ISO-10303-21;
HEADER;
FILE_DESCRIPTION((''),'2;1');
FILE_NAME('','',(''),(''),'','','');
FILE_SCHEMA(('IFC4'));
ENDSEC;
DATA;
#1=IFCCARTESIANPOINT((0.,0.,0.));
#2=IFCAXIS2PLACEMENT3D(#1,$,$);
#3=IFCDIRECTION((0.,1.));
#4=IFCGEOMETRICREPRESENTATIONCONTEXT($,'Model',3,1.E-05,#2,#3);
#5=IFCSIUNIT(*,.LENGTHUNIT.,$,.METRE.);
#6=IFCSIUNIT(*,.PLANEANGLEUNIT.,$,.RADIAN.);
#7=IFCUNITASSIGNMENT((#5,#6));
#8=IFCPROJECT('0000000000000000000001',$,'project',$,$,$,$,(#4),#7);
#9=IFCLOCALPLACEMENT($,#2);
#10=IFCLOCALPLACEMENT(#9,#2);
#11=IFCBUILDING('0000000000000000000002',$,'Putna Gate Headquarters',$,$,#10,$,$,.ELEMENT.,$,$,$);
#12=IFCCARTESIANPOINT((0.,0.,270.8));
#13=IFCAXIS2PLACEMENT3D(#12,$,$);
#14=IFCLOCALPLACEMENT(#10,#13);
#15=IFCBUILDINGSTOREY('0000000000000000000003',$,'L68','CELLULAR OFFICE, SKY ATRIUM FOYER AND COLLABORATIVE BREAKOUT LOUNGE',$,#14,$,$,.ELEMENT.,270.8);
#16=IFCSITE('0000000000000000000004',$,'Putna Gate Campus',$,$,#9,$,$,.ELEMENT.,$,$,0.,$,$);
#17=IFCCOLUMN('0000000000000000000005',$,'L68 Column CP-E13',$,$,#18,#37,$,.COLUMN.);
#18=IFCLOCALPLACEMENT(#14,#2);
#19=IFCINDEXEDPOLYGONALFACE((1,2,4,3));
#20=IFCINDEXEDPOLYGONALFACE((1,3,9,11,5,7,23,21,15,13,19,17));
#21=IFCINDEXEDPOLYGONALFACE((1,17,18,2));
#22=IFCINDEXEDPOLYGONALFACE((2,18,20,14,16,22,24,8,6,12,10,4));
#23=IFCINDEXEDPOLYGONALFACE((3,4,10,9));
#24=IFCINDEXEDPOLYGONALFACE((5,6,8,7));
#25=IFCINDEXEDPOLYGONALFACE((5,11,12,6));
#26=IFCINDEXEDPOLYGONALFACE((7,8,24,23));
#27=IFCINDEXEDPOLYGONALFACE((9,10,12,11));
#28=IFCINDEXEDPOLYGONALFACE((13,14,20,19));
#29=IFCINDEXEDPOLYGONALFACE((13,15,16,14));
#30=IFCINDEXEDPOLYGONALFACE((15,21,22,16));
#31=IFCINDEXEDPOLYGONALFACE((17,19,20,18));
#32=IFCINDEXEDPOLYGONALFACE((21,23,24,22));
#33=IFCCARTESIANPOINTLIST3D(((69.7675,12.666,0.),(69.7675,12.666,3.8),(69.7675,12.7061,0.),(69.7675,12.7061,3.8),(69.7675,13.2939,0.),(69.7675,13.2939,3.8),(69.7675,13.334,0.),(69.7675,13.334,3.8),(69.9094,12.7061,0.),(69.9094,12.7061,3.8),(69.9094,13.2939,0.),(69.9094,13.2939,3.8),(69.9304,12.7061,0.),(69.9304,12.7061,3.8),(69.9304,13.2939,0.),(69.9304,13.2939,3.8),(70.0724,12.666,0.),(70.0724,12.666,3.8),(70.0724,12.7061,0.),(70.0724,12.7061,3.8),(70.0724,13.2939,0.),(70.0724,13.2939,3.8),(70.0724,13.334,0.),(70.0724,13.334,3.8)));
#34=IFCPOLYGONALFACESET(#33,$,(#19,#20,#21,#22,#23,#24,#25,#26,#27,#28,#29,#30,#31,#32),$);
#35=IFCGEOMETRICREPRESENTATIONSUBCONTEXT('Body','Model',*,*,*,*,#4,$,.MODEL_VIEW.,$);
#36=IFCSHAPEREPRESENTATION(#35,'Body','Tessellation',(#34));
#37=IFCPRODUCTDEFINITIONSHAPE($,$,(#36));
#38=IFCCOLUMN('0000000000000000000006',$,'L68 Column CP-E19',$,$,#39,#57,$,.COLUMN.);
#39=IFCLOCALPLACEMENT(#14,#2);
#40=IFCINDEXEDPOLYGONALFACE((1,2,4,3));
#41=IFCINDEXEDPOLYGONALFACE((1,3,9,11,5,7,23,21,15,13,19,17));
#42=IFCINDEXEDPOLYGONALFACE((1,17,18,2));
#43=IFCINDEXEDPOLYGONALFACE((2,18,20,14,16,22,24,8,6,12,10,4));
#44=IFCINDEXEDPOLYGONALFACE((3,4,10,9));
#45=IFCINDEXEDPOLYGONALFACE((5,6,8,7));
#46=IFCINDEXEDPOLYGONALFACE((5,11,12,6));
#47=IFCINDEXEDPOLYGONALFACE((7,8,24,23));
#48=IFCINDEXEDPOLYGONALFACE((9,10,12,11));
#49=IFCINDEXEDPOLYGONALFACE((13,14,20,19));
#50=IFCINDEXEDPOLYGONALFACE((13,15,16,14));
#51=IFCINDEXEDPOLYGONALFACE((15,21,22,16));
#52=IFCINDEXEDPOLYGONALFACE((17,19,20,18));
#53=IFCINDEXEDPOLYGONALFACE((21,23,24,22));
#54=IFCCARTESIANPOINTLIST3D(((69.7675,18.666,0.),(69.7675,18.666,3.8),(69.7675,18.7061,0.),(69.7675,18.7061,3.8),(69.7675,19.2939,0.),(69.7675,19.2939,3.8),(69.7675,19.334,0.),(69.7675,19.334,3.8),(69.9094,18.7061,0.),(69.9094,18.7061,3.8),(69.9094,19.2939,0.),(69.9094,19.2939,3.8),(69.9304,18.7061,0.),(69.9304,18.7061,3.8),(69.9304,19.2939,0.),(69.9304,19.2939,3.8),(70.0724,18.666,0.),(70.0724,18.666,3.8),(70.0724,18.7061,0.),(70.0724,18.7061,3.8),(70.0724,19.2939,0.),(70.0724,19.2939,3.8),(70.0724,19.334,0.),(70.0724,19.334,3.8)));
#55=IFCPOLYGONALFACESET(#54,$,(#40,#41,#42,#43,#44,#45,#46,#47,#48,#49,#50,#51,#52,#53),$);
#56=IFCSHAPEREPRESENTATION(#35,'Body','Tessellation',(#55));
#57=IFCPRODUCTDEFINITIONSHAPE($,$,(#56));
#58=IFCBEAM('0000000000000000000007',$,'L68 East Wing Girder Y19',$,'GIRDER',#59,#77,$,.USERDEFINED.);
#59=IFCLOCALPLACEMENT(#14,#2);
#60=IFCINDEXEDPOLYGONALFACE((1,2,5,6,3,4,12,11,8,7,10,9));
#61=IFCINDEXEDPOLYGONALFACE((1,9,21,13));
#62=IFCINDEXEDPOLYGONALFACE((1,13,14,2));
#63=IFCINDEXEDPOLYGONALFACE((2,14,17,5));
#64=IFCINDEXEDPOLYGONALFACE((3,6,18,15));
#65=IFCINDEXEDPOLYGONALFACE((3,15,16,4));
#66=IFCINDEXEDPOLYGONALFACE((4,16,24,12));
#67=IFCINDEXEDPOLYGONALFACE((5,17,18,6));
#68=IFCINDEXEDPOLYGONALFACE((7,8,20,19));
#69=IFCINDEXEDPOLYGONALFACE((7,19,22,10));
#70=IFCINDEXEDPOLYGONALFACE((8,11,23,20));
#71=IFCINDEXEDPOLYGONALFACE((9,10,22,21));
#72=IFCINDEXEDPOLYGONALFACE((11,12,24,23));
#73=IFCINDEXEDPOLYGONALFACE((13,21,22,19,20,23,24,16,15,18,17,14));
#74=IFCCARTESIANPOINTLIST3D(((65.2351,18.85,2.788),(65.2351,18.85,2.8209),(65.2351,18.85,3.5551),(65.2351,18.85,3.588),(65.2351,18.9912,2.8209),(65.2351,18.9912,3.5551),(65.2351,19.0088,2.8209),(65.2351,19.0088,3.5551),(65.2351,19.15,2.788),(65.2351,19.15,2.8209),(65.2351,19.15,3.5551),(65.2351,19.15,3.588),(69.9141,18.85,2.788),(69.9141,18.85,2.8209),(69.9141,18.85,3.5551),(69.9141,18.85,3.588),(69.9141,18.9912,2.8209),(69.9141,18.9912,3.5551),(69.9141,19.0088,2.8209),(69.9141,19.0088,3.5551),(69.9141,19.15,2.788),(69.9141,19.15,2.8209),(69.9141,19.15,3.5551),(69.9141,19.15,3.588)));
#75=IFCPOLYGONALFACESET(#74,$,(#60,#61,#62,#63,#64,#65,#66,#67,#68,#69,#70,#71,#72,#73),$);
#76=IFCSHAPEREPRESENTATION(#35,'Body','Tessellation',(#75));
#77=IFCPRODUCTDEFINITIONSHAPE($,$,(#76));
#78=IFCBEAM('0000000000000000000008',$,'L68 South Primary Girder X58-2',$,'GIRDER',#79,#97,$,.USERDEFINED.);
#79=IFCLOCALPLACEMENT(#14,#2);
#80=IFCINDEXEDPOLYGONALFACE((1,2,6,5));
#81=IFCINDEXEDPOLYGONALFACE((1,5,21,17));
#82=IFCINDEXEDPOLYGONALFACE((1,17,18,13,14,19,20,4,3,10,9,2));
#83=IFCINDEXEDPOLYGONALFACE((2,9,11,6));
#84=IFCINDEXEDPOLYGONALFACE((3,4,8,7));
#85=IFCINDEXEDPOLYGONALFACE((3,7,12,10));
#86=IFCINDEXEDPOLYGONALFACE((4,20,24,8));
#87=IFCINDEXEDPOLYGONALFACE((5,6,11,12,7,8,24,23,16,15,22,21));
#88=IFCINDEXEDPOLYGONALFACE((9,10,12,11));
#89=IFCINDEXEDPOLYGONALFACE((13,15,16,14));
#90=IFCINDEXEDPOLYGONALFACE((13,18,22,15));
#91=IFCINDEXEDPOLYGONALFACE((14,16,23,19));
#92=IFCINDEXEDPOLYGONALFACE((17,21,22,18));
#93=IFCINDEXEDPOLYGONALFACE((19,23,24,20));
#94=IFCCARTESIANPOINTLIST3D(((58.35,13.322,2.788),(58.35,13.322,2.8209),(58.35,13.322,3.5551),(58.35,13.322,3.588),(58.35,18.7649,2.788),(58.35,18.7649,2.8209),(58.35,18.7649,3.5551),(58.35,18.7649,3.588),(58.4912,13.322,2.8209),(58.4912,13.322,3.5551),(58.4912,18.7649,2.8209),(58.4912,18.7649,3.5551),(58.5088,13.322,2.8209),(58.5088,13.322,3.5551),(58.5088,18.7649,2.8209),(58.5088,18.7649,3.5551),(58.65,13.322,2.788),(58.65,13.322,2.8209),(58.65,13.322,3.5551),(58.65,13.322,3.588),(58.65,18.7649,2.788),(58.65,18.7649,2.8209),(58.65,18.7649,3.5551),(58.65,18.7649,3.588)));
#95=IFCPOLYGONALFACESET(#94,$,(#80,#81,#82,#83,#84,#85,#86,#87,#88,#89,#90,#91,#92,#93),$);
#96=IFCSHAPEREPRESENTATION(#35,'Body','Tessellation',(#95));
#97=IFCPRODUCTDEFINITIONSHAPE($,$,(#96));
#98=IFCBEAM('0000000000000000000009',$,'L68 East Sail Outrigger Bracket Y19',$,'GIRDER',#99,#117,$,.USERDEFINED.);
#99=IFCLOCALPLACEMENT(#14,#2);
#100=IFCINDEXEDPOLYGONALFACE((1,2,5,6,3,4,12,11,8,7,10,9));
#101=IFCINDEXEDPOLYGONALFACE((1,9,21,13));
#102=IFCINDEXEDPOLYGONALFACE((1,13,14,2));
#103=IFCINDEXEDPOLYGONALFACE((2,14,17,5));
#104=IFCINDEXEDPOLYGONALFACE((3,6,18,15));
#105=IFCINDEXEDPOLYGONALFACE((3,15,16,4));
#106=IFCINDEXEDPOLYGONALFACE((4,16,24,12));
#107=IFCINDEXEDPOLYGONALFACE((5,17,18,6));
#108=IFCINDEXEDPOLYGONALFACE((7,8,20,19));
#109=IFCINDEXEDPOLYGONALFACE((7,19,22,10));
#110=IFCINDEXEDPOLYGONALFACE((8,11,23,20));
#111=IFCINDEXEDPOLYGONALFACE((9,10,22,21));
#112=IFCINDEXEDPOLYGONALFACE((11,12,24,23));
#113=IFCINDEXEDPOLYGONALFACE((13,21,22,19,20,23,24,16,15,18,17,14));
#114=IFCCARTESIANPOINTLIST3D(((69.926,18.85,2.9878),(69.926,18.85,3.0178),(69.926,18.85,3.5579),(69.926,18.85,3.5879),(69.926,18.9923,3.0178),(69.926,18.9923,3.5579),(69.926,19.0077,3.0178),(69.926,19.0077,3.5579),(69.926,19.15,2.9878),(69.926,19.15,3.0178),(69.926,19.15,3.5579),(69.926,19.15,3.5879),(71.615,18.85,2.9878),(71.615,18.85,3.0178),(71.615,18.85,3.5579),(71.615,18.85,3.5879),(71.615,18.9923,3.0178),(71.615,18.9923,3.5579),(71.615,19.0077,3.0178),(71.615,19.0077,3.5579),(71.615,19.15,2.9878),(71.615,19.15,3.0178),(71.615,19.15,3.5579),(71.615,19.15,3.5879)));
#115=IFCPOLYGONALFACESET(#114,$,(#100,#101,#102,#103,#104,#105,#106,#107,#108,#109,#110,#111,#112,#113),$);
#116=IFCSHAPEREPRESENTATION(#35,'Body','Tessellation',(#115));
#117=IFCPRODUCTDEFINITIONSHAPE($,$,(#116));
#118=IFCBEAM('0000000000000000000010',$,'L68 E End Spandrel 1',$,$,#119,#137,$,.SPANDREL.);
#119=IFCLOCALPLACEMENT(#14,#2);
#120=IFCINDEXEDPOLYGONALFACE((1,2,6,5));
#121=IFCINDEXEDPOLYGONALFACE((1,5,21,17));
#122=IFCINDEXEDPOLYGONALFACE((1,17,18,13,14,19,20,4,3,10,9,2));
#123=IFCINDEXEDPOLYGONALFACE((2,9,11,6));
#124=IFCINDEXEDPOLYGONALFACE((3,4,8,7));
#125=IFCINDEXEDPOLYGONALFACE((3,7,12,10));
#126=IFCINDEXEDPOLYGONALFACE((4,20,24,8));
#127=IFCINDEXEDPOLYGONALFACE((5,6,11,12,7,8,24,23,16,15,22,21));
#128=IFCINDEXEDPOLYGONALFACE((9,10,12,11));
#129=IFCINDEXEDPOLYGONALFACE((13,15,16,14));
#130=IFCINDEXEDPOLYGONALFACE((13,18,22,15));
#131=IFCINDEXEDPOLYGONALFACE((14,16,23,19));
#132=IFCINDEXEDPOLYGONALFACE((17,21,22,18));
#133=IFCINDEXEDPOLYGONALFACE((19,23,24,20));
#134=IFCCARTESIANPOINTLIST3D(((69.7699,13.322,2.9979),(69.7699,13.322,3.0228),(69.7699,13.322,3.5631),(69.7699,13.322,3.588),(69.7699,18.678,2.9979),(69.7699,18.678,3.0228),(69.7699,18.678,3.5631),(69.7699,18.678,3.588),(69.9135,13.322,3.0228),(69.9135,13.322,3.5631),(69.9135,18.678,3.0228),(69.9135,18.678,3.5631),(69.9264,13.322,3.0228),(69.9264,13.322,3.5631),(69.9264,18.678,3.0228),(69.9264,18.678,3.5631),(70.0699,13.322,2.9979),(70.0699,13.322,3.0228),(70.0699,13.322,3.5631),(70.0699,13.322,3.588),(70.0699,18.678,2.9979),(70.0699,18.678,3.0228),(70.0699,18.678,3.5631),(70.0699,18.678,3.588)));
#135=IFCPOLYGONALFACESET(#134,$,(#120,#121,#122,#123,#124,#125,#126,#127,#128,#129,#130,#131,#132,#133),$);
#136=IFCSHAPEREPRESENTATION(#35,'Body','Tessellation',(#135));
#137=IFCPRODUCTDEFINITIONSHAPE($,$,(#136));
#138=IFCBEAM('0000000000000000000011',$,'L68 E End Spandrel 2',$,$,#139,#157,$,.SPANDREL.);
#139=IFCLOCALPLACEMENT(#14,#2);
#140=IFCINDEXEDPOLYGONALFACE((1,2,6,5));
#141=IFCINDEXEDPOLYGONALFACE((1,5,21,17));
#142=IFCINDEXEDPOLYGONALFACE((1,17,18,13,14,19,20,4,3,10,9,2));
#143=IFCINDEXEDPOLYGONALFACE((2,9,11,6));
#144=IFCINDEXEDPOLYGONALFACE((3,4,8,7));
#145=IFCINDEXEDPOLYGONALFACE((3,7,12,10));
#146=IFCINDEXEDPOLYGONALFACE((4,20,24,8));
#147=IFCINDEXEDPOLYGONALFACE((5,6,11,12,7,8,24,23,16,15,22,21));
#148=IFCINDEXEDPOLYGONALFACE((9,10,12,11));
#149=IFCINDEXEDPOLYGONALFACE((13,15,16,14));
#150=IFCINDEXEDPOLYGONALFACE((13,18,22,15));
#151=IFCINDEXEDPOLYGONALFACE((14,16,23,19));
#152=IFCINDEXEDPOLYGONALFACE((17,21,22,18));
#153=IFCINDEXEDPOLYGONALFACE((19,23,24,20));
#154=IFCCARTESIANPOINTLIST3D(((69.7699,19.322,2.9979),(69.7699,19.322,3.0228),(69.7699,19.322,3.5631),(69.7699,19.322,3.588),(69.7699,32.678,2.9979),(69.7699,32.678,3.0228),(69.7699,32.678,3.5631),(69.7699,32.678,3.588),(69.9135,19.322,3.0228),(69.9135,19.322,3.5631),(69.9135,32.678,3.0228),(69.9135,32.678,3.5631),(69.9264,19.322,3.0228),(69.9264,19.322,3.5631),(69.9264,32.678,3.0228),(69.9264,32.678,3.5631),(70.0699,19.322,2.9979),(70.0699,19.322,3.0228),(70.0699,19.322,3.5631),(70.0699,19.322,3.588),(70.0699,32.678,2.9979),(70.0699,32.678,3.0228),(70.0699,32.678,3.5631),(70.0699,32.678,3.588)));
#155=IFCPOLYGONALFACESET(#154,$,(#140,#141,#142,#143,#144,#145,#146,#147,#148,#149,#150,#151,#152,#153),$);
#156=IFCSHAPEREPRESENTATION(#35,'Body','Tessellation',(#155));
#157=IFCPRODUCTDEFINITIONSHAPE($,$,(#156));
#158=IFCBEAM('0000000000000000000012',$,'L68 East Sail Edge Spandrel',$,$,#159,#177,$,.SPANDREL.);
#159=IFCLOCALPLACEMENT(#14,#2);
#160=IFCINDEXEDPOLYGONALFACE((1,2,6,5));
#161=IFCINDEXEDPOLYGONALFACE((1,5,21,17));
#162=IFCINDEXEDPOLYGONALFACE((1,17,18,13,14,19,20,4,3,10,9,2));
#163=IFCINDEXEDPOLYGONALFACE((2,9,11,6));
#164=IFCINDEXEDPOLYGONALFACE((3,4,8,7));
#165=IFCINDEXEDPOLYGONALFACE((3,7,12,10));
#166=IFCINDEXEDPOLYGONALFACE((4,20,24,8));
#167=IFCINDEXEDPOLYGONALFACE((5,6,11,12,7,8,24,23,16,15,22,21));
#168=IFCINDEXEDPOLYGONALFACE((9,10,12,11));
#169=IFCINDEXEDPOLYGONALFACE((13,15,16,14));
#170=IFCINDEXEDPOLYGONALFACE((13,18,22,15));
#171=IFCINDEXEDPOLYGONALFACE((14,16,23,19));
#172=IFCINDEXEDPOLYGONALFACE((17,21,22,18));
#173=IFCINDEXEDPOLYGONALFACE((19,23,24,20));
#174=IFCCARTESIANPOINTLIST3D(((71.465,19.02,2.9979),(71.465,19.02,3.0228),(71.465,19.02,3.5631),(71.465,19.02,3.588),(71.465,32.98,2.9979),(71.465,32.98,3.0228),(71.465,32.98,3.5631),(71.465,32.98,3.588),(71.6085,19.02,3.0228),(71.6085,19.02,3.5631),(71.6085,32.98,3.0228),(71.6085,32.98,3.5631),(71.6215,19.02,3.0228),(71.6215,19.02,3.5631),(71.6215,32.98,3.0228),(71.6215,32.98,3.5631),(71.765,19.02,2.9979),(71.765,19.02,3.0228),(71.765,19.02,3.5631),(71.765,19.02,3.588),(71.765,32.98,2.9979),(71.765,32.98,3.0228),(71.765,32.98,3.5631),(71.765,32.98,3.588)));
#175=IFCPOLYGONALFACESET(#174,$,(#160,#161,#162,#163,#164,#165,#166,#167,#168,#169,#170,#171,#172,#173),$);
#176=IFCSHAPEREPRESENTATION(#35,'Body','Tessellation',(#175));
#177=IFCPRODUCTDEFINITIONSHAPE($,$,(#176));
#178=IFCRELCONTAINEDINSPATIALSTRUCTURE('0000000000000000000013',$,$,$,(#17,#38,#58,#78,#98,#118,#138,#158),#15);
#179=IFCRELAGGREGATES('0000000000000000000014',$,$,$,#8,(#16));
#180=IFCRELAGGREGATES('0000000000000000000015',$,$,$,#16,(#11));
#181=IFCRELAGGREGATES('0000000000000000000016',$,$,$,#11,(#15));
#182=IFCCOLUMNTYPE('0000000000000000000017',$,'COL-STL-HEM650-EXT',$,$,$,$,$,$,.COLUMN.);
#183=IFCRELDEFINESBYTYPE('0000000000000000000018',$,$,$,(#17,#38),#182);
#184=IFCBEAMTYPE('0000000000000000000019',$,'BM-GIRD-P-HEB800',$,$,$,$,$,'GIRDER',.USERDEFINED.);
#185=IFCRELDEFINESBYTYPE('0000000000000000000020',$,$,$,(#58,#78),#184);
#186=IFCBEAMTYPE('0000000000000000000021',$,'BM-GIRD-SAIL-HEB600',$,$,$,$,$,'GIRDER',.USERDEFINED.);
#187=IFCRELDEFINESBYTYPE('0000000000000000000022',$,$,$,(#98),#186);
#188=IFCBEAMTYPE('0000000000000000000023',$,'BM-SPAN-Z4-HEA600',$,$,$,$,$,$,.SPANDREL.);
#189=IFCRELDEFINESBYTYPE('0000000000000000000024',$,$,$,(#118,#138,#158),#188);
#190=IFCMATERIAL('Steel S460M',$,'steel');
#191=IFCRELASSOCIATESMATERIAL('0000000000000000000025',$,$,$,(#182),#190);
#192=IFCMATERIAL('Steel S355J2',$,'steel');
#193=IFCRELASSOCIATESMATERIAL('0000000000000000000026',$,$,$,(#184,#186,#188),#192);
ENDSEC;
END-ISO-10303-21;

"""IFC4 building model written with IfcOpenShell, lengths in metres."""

from ifc_helpers import new_model, si_unit, direction, frame, origin, origin_2d, place, context, subcontext, project, spatial, i_section, extrude, material, material_profile, profile_set, type_object, element, save


model = new_model("IFC4")

# Units and contexts
model_context = context("Model", 3, precision=1e-05, world=origin(), true_north=direction((0.0, 1.0)))
body_context = subcontext(model_context, "Body", "Model", "MODEL_VIEW")
ifc_project = project(units=[si_unit("LENGTHUNIT", "METRE"), si_unit("PLANEANGLEUNIT", "RADIAN")], contexts=[model_context])

# Site, building, storey
site_placement = place(None, origin())
site = spatial("IfcSite", under=ifc_project, at=site_placement, Name="Putna Gate Campus", CompositionType="ELEMENT", RefElevation=0.0)
building_placement = place(site_placement, origin())
building = spatial("IfcBuilding", under=site, at=building_placement, Name="Putna Gate Headquarters", CompositionType="ELEMENT")
storey_placement = place(building_placement, frame((0.0, 0.0, 270.8)))
storey = spatial("IfcBuildingStorey", under=building, at=storey_placement, Name="L68", Description="CELLULAR OFFICE, SKY ATRIUM FOYER AND COLLABORATIVE BREAKOUT LOUNGE", CompositionType="ELEMENT", Elevation=270.8)

# Columns
ifc_material_1 = material(Name="Steel S460M", Category="steel")
ifc_material_profile_1 = material_profile(ifc_material_1, i_section(OverallWidth=0.3049, OverallDepth=0.668, WebThickness=0.021, FlangeThickness=0.04, at=origin_2d()), Name="Steel S460M")
ifc_profile_set_1 = profile_set([ifc_material_profile_1], Name="Steel S460M")
column_type = type_object("IfcColumnType", Name="COL-STL-HEM650-EXT", PredefinedType="COLUMN", material=ifc_profile_set_1)
for number, where, z_axis, x_axis, name in (
    (1, (69.9199, 13.0, 0.0), (0.0, 0.0, 1.0), (1.0, 0.0, 0.0), "L68 Column CP-E13"),
    (2, (69.9199, 19.0, 0.0), (0.0, 0.0, 1.0), (1.0, 0.0, 0.0), "L68 Column CP-E19"),
):
    element("IfcColumn", number, at=place(storey_placement, frame(where, z_axis=z_axis, x_axis=x_axis)), inside=storey, type_object=column_type, Name=name, PredefinedType="COLUMN", context=body_context, shape_type="SweptSolid", body=[
        extrude(i_section(OverallWidth=0.3049, OverallDepth=0.668, WebThickness=0.021, FlangeThickness=0.04, at=origin_2d()), origin(), (0.0, 0.0, 1.0), 3.8),
    ])

# Beams
ifc_material_2 = material(Name="Steel S355J2", Category="steel")
ifc_material_profile_2 = material_profile(ifc_material_2, i_section(OverallWidth=0.3, OverallDepth=0.8, WebThickness=0.0176, FlangeThickness=0.033, at=origin_2d()), Name="Steel S355J2")
ifc_profile_set_2 = profile_set([ifc_material_profile_2], Name="Steel S355J2")
beam_type_1 = type_object("IfcBeamType", Name="BM-GIRD-P-HEB800", ElementType="GIRDER", PredefinedType="USERDEFINED", material=ifc_profile_set_2)
beam_1_placement = place(storey_placement, frame((65.2351, 19.0, 3.188), z_axis=(1.0, 0.0, 0.0), x_axis=(0.0, 1.0, 0.0)))
element("IfcBeam", 3, at=beam_1_placement, inside=storey, type_object=beam_type_1, Name="L68 East Wing Girder Y19", ObjectType="GIRDER", PredefinedType="USERDEFINED", context=body_context, shape_type="SweptSolid", body=[
    extrude(i_section(OverallWidth=0.3, OverallDepth=0.8, WebThickness=0.0176, FlangeThickness=0.033, at=origin_2d()), origin(), (0.0, 0.0, 1.0), 4.679),
])
beam_2_placement = place(storey_placement, frame((58.5, 13.322, 3.188), z_axis=(0.0, 1.0, 0.0), x_axis=(-1.0, 0.0, 0.0)))
element("IfcBeam", 4, at=beam_2_placement, inside=storey, type_object=beam_type_1, Name="L68 South Primary Girder X58-2", ObjectType="GIRDER", PredefinedType="USERDEFINED", context=body_context, shape_type="SweptSolid", body=[
    extrude(i_section(OverallWidth=0.3, OverallDepth=0.8, WebThickness=0.0176, FlangeThickness=0.033, at=origin_2d()), origin(), (0.0, 0.0, 1.0), 5.4429),
])
ifc_material_profile_3 = material_profile(ifc_material_2, i_section(OverallWidth=0.3, OverallDepth=0.6001, WebThickness=0.0154, FlangeThickness=0.03, at=origin_2d()), Name="Steel S355J2")
ifc_profile_set_3 = profile_set([ifc_material_profile_3], Name="Steel S355J2")
beam_type_2 = type_object("IfcBeamType", Name="BM-GIRD-SAIL-HEB600", ElementType="GIRDER", PredefinedType="USERDEFINED", material=ifc_profile_set_3)
beam_3_placement = place(storey_placement, frame((69.926, 19.0, 3.2878), z_axis=(1.0, 0.0, 0.0), x_axis=(0.0, 1.0, 0.0)))
element("IfcBeam", 5, at=beam_3_placement, inside=storey, type_object=beam_type_2, Name="L68 East Sail Outrigger Bracket Y19", ObjectType="GIRDER", PredefinedType="USERDEFINED", context=body_context, shape_type="SweptSolid", body=[
    extrude(i_section(OverallWidth=0.3, OverallDepth=0.6001, WebThickness=0.0154, FlangeThickness=0.03, at=origin_2d()), origin(), (0.0, 0.0, 1.0), 1.689),
])
ifc_material_profile_4 = material_profile(ifc_material_2, i_section(OverallWidth=0.3, OverallDepth=0.5901, WebThickness=0.0129, FlangeThickness=0.0249, at=origin_2d()), Name="Steel S355J2")
ifc_profile_set_4 = profile_set([ifc_material_profile_4], Name="Steel S355J2")
beam_type_3 = type_object("IfcBeamType", Name="BM-SPAN-Z4-HEA600", PredefinedType="SPANDREL", material=ifc_profile_set_4)
beam_4_placement = place(storey_placement, frame((69.9199, 13.322, 3.293), z_axis=(0.0, 1.0, 0.0), x_axis=(-1.0, 0.0, 0.0)))
element("IfcBeam", 6, at=beam_4_placement, inside=storey, type_object=beam_type_3, Name="L68 E End Spandrel 1", PredefinedType="SPANDREL", context=body_context, shape_type="SweptSolid", body=[
    extrude(i_section(OverallWidth=0.3, OverallDepth=0.5901, WebThickness=0.0129, FlangeThickness=0.0249, at=origin_2d()), origin(), (0.0, 0.0, 1.0), 5.356),
])
beam_5_placement = place(storey_placement, frame((69.9199, 19.322, 3.293), z_axis=(0.0, 1.0, 0.0), x_axis=(-1.0, 0.0, 0.0)))
element("IfcBeam", 7, at=beam_5_placement, inside=storey, type_object=beam_type_3, Name="L68 E End Spandrel 2", PredefinedType="SPANDREL", context=body_context, shape_type="SweptSolid", body=[
    extrude(i_section(OverallWidth=0.3, OverallDepth=0.5901, WebThickness=0.0129, FlangeThickness=0.0249, at=origin_2d()), origin(), (0.0, 0.0, 1.0), 13.356),
])
beam_6_placement = place(storey_placement, frame((71.615, 19.02, 3.293), z_axis=(0.0, 1.0, 0.0), x_axis=(-1.0, 0.0, 0.0)))
element("IfcBeam", 8, at=beam_6_placement, inside=storey, type_object=beam_type_3, Name="L68 East Sail Edge Spandrel", PredefinedType="SPANDREL", context=body_context, shape_type="SweptSolid", body=[
    extrude(i_section(OverallWidth=0.3, OverallDepth=0.5901, WebThickness=0.0129, FlangeThickness=0.0249, at=origin_2d()), origin(), (0.0, 0.0, 1.0), 13.96),
])

save(model, "model.ifc")
